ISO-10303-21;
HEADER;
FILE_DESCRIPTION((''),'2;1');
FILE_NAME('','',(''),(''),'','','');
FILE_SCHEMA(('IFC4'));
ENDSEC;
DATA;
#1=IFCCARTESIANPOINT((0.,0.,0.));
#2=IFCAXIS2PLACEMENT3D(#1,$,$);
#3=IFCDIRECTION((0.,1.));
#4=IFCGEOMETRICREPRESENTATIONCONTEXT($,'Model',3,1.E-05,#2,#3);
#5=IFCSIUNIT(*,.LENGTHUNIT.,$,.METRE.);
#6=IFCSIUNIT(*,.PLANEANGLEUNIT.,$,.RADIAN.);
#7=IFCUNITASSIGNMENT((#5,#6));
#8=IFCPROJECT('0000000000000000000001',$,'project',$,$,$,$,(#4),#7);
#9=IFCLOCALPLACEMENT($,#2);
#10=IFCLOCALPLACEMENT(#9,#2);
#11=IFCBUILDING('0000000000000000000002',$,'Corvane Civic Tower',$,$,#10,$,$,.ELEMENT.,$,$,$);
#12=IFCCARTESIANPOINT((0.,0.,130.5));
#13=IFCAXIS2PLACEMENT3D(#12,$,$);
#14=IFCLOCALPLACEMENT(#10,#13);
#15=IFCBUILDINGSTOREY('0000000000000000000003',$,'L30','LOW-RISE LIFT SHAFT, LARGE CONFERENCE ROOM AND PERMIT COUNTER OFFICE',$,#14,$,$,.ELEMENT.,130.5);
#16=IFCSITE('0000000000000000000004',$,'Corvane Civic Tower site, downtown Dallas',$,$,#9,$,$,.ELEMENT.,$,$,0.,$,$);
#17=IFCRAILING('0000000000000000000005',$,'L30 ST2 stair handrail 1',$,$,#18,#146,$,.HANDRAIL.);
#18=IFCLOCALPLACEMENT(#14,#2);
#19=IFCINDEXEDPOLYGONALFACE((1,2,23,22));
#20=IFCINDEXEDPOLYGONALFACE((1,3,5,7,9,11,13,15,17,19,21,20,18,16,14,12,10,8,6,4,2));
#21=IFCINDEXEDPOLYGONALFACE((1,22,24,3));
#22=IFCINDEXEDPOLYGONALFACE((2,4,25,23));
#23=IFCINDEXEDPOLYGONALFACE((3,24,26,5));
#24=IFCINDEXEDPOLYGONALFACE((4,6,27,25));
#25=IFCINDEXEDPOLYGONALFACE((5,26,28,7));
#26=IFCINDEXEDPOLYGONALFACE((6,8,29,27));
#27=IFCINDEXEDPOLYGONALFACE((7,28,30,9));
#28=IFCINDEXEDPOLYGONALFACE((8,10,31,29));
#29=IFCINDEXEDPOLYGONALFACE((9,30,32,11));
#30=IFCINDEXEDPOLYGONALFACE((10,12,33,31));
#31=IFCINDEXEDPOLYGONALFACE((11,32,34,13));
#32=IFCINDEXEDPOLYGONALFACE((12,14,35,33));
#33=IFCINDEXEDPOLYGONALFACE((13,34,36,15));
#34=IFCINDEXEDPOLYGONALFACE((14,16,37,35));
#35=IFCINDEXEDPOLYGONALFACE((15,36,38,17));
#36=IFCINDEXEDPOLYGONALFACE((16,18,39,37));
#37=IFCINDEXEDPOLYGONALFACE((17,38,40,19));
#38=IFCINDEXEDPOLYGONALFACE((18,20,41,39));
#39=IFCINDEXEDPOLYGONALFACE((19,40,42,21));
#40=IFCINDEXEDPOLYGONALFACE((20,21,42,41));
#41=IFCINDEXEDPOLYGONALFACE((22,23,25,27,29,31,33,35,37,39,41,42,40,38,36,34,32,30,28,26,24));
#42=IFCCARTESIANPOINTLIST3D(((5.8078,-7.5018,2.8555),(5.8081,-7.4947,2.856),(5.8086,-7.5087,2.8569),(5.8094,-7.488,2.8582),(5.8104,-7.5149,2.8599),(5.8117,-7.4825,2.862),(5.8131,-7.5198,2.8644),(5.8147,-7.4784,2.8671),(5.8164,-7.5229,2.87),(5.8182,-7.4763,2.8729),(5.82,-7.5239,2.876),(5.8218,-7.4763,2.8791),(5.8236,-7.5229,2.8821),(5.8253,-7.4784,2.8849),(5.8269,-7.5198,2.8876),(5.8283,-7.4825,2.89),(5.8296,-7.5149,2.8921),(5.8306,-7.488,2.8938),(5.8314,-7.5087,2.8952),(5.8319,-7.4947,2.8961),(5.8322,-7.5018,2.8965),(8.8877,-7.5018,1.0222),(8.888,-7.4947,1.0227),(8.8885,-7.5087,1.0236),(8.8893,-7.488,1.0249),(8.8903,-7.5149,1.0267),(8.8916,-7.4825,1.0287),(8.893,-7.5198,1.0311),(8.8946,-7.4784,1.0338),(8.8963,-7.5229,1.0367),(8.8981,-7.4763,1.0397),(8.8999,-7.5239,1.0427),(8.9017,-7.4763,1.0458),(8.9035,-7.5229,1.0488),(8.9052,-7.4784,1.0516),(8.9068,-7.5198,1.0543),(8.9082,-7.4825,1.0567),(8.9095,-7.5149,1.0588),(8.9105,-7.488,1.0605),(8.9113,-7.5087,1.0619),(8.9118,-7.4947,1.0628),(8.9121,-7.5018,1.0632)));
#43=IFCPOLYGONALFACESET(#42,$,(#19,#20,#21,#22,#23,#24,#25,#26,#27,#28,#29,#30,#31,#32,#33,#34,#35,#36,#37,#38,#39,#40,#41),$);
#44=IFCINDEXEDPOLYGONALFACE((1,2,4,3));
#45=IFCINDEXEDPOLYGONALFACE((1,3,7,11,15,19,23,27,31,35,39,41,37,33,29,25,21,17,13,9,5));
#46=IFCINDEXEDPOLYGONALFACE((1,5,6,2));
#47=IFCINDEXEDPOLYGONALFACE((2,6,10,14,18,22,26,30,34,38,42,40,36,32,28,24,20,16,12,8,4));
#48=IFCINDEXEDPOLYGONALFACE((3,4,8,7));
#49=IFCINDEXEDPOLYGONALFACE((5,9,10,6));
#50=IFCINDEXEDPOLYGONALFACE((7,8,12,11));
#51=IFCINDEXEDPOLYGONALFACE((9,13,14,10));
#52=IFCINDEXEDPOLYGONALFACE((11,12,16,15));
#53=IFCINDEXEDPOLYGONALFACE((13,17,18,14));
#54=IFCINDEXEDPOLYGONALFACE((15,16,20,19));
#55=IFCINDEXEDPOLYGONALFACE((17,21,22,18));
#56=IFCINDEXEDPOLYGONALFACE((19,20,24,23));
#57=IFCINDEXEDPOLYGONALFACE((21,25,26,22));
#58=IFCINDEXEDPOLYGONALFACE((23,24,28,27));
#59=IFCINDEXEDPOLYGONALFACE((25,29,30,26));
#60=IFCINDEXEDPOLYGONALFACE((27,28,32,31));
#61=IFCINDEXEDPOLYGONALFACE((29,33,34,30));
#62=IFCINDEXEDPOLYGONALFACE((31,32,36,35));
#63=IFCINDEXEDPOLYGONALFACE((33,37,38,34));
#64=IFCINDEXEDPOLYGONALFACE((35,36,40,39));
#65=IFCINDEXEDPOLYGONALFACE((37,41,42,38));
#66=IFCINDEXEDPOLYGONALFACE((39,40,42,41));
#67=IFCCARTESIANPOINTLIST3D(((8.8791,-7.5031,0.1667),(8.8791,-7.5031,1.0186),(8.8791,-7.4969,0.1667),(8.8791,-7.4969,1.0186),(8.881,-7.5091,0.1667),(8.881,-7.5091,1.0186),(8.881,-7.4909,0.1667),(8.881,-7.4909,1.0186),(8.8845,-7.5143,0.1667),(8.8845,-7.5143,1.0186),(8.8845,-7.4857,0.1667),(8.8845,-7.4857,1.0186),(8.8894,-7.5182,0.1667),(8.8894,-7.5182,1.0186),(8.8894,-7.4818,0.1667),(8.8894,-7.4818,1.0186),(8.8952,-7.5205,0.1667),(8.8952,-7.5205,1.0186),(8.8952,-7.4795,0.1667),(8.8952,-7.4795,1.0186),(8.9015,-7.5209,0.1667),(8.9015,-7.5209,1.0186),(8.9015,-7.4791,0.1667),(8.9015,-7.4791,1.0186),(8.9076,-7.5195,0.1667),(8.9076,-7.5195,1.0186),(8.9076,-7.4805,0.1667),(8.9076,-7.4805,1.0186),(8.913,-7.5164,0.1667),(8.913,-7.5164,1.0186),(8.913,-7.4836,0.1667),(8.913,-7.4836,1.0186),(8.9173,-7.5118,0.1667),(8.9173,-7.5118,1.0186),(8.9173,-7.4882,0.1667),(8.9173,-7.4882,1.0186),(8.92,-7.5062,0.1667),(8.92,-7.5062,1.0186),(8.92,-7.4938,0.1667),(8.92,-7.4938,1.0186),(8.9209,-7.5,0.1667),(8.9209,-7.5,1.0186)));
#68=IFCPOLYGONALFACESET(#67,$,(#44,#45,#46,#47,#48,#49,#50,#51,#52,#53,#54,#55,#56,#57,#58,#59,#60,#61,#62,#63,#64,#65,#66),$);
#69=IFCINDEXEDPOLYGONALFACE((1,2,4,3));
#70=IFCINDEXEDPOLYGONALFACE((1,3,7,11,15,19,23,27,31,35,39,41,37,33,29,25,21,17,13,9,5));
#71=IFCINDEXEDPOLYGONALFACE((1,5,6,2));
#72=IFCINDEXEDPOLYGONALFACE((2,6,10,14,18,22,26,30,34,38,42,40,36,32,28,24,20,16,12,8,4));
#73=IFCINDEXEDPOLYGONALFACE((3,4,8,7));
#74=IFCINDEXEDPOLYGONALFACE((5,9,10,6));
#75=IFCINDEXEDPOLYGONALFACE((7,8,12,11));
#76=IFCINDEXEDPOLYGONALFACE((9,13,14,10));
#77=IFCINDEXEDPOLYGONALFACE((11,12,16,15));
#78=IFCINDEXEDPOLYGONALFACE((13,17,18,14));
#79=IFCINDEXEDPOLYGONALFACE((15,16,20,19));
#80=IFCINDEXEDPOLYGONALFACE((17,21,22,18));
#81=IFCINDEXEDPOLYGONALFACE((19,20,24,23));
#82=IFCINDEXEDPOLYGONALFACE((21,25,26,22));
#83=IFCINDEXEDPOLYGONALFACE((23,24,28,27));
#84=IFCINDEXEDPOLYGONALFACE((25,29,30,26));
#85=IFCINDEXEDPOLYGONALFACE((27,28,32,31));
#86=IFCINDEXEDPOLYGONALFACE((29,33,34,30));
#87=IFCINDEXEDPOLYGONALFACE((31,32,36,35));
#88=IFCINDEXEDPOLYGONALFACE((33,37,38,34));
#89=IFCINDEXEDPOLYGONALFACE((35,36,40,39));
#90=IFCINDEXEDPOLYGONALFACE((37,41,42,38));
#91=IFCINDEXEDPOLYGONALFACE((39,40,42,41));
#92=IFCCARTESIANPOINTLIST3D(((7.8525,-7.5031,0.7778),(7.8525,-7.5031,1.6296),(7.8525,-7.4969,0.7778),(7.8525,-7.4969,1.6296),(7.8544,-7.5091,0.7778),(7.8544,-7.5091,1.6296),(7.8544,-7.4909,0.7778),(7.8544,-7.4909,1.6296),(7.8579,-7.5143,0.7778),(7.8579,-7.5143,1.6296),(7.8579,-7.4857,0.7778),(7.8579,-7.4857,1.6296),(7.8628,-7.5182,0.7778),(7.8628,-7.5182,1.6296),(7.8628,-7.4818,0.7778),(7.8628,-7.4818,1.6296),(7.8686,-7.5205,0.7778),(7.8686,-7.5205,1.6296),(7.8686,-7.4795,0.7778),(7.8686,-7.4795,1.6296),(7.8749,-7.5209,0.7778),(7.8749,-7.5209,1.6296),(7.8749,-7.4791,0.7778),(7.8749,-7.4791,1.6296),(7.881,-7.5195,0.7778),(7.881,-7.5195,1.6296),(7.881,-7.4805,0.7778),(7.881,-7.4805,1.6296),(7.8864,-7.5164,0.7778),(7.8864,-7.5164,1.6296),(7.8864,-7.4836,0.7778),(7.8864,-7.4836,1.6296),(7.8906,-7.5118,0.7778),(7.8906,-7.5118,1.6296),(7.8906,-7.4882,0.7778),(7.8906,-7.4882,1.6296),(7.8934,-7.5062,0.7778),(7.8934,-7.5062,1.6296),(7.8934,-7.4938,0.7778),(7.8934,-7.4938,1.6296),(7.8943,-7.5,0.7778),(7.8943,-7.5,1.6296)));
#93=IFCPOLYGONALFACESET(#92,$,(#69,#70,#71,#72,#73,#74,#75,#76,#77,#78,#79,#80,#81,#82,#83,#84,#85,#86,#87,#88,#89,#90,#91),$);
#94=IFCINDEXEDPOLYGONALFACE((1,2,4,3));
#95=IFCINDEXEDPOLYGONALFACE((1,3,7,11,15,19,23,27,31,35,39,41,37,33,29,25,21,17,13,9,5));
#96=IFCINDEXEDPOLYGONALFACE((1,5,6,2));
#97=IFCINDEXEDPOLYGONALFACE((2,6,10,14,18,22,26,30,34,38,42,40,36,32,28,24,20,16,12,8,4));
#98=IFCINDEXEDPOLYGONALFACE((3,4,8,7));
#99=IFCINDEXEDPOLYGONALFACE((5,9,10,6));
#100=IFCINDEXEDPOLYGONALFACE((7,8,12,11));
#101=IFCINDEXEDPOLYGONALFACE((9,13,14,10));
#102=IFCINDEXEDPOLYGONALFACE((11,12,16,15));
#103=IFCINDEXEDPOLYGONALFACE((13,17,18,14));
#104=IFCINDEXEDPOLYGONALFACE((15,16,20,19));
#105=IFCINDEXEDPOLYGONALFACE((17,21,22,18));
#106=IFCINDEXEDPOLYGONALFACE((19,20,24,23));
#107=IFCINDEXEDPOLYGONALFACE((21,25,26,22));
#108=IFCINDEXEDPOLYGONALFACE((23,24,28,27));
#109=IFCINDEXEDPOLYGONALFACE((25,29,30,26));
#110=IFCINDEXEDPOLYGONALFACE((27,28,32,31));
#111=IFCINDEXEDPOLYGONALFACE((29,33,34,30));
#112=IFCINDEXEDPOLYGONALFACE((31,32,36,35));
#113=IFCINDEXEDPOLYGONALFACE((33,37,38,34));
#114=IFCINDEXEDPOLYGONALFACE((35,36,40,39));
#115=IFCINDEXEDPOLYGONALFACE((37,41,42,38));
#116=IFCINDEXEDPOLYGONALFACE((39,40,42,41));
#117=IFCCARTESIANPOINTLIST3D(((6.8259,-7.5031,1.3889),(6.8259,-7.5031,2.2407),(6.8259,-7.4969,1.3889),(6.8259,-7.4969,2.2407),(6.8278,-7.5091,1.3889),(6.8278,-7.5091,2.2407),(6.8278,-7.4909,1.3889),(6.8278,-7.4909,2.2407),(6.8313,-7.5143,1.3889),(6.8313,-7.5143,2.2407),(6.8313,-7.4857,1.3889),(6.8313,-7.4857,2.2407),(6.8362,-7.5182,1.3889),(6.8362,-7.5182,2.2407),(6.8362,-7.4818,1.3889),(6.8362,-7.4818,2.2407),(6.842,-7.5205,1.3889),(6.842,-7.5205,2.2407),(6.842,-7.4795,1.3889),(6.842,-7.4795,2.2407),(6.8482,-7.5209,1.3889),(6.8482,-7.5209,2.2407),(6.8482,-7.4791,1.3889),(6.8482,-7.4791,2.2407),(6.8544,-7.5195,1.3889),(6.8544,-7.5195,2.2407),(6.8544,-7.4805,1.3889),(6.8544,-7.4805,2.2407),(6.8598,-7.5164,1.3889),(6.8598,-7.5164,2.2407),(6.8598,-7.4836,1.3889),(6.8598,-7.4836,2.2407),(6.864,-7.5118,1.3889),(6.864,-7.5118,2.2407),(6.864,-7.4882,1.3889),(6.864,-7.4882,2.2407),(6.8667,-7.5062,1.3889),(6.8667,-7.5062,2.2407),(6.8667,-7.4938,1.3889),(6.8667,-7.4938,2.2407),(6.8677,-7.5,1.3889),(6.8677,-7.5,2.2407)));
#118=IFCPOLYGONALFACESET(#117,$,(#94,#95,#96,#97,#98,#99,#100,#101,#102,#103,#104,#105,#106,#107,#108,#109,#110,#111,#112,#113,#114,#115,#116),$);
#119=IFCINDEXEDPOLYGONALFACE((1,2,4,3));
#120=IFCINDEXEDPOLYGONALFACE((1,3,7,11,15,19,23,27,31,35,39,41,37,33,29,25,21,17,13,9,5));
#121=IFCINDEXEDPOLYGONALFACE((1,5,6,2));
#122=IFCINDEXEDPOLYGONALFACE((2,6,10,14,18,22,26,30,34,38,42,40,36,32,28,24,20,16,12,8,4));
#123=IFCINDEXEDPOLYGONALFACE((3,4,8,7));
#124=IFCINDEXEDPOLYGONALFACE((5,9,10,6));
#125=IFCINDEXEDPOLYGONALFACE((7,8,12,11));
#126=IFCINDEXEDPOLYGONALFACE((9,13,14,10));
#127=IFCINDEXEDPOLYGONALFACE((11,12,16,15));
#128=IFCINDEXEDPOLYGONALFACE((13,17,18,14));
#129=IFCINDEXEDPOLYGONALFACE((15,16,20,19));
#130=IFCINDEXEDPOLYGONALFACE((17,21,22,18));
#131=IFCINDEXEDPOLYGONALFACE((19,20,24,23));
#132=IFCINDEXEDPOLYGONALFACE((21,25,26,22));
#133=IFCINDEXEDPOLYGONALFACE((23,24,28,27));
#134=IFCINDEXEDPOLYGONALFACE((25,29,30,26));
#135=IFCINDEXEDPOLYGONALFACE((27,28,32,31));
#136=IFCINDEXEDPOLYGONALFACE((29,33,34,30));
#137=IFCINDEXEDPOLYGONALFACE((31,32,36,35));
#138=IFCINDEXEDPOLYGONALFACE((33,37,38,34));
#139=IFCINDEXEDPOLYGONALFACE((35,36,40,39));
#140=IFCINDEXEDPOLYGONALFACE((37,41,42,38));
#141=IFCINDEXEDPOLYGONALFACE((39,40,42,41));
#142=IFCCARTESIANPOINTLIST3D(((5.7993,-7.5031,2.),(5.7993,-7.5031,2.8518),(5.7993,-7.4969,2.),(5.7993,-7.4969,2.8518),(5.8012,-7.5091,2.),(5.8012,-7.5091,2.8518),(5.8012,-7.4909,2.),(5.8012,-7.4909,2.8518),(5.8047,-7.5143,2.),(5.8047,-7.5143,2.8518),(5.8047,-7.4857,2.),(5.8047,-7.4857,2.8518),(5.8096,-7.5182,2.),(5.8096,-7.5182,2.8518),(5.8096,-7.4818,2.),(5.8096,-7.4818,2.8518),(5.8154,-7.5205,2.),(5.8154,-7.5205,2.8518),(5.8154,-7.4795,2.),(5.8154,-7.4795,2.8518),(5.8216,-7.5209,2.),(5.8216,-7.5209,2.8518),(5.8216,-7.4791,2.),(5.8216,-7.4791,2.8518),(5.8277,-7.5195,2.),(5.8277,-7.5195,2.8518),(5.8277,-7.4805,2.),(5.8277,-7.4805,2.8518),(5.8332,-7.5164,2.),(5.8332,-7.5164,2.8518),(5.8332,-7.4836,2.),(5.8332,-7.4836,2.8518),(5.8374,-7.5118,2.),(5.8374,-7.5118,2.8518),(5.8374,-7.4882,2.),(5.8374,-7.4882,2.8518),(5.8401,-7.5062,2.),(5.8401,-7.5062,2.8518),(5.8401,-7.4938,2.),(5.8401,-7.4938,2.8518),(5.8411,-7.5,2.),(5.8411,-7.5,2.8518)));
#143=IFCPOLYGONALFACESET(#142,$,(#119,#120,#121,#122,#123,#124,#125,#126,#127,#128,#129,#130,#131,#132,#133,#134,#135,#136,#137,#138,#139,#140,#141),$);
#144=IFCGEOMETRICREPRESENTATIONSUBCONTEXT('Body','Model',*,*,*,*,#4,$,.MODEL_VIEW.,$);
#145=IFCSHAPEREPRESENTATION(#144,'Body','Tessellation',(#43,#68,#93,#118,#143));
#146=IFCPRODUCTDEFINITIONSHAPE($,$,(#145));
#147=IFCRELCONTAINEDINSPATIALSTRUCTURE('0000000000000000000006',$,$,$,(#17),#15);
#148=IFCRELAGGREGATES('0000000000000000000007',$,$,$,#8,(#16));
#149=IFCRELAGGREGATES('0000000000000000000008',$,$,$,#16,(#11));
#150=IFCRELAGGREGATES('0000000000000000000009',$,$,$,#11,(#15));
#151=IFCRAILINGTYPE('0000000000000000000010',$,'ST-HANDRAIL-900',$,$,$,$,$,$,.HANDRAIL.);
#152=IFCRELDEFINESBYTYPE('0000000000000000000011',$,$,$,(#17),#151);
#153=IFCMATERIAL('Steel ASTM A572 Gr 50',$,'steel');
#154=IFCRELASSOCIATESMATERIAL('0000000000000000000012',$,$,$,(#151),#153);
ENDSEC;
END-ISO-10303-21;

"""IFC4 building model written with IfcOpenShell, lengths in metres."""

from ifc_helpers import new_model, si_unit, direction, frame, origin, origin_2d, place, context, subcontext, project, spatial, circle, extrude, material, type_object, element, save


model = new_model("IFC4")

# Units and contexts
model_context = context("Model", 3, precision=1e-05, world=origin(), true_north=direction((0.0, 1.0)))
body_context = subcontext(model_context, "Body", "Model", "MODEL_VIEW")
ifc_project = project(units=[si_unit("LENGTHUNIT", "METRE"), si_unit("PLANEANGLEUNIT", "RADIAN")], contexts=[model_context])

# Site, building, storey
site_placement = place(None, origin())
site = spatial("IfcSite", under=ifc_project, at=site_placement, Name="Corvane Civic Tower site, downtown Dallas", CompositionType="ELEMENT", RefElevation=0.0)
building_placement = place(site_placement, origin())
building = spatial("IfcBuilding", under=site, at=building_placement, Name="Corvane Civic Tower", CompositionType="ELEMENT")
storey_placement = place(building_placement, frame((0.0, 0.0, 130.5)))
storey = spatial("IfcBuildingStorey", under=building, at=storey_placement, Name="L30", Description="LOW-RISE LIFT SHAFT, LARGE CONFERENCE ROOM AND PERMIT COUNTER OFFICE", CompositionType="ELEMENT", Elevation=130.5)

# Railing
ifc_material_1 = material(Name="Steel ASTM A572 Gr 50", Category="steel")
railing_type_1 = type_object("IfcRailingType", Name="ST-HANDRAIL-900", PredefinedType="HANDRAIL", material=ifc_material_1)
railing_1_placement = place(storey_placement, frame((8.8999, -7.5, 0.1667)))
element("IfcRailing", 1, at=railing_1_placement, inside=storey, type_object=railing_type_1, Name="L30 ST2 stair handrail 1", PredefinedType="HANDRAIL", context=body_context, shape_type="SweptSolid", body=[
    extrude(circle(Radius=0.0239, at=origin_2d()), frame((0.0, 0.0, 0.876), z_axis=(-0.859291, 0.0, 0.511487), x_axis=(0.0, -1.0, 0.0)), (0.0, 0.0, 1.0), 3.5842),
    extrude(circle(Radius=0.021, at=origin_2d()), origin(), (0.0, 0.0, 1.0), 0.8518),
    extrude(circle(Radius=0.021, at=origin_2d()), frame((-1.0266, 0.0, 0.6111)), (0.0, 0.0, 1.0), 0.8518),
    extrude(circle(Radius=0.021, at=origin_2d()), frame((-2.0532, 0.0, 1.2222)), (0.0, 0.0, 1.0), 0.8518),
    extrude(circle(Radius=0.021, at=origin_2d()), frame((-3.0798, 0.0, 1.8333)), (0.0, 0.0, 1.0), 0.8518),
])

save(model, "model.ifc")
